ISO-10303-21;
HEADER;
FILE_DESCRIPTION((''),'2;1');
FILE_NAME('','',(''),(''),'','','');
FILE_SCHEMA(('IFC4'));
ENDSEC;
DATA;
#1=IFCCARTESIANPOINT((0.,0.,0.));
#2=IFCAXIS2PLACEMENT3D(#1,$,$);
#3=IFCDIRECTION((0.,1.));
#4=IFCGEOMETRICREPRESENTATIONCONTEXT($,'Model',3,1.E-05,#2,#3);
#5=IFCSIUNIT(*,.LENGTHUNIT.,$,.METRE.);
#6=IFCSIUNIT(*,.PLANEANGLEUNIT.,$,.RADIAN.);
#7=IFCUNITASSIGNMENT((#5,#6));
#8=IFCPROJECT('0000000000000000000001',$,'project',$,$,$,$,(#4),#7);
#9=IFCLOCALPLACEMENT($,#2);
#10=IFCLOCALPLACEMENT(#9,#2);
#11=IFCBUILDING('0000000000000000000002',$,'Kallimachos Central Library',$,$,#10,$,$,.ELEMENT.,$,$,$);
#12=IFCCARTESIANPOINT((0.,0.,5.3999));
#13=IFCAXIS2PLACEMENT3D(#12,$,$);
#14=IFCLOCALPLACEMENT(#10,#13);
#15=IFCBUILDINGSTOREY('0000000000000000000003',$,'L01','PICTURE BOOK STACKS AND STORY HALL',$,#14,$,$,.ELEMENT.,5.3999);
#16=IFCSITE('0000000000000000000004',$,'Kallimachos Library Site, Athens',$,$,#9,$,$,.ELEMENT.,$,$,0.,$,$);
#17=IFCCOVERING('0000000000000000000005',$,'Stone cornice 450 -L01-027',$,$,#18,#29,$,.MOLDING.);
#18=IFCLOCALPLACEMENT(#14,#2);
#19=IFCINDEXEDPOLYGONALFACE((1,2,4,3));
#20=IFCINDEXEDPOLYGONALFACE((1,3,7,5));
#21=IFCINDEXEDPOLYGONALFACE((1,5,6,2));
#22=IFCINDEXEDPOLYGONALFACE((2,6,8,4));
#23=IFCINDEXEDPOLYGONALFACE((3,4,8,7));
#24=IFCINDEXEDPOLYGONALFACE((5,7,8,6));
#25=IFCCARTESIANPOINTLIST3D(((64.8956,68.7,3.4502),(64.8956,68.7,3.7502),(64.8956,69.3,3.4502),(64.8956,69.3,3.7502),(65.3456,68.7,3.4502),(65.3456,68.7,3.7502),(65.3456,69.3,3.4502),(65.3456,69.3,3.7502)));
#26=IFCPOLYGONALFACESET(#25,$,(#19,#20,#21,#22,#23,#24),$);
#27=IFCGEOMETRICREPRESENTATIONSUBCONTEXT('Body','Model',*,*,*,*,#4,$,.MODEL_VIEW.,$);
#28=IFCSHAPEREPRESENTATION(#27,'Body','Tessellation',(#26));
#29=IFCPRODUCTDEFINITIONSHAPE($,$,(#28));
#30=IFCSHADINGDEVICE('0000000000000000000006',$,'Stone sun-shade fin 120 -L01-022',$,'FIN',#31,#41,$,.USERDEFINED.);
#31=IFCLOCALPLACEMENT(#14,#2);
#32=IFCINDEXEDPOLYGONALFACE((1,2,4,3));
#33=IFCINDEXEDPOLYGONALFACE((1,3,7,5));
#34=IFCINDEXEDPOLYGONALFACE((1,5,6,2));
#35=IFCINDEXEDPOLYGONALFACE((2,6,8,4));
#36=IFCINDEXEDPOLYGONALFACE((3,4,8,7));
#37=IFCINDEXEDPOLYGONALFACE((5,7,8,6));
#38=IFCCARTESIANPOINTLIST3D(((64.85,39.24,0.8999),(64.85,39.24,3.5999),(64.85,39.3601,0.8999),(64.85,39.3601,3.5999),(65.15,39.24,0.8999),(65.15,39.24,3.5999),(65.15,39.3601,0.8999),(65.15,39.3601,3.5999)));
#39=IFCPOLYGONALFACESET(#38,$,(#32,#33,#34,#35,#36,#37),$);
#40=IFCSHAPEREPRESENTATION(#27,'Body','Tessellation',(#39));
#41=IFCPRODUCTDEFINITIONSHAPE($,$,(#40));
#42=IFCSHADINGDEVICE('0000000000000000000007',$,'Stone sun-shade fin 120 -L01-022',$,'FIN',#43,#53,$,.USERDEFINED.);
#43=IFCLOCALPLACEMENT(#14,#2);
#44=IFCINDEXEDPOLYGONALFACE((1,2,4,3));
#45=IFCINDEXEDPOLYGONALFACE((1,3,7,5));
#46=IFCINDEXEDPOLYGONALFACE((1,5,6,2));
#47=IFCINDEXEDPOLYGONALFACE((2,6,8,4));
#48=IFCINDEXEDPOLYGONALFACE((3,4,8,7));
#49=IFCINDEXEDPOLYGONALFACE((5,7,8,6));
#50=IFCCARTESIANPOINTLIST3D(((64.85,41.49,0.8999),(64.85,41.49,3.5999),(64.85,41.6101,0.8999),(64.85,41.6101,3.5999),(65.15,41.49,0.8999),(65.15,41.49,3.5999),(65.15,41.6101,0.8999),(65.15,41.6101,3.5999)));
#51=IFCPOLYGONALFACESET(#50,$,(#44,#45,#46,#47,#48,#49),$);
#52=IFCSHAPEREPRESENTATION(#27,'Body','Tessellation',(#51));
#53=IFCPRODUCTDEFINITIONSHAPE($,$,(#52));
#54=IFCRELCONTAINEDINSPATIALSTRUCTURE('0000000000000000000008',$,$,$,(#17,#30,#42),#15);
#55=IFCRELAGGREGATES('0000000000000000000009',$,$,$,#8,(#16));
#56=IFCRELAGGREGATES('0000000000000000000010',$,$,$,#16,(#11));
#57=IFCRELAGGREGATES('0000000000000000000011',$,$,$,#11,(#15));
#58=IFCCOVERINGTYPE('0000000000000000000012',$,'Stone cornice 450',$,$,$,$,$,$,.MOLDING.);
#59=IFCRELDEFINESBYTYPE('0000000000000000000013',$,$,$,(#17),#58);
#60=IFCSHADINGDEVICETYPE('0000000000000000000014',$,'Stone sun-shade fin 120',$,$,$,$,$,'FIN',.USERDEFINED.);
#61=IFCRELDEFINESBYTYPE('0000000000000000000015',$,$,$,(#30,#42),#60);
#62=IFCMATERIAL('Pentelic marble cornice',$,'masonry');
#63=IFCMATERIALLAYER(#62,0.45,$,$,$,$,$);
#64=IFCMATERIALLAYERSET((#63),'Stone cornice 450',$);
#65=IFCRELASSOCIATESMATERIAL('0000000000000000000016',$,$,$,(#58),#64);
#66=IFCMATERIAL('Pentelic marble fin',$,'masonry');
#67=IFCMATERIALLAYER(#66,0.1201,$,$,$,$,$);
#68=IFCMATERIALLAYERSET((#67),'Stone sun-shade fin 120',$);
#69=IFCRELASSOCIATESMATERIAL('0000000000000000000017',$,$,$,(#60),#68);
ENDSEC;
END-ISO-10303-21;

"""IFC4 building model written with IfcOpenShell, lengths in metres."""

from ifc_helpers import new_model, si_unit, direction, frame, origin, origin_2d, place, context, subcontext, project, spatial, rectangle, extrude, material, layer, layer_set, type_object, element, save


model = new_model("IFC4")

# Units and contexts
model_context = context("Model", 3, precision=1e-05, world=origin(), true_north=direction((0.0, 1.0)))
body_context = subcontext(model_context, "Body", "Model", "MODEL_VIEW")
ifc_project = project(units=[si_unit("LENGTHUNIT", "METRE"), si_unit("PLANEANGLEUNIT", "RADIAN")], contexts=[model_context])

# Site, building, storey
site_placement = place(None, origin())
site = spatial("IfcSite", under=ifc_project, at=site_placement, Name="Kallimachos Library Site, Athens", CompositionType="ELEMENT", RefElevation=0.0)
building_placement = place(site_placement, origin())
building = spatial("IfcBuilding", under=site, at=building_placement, Name="Kallimachos Central Library", CompositionType="ELEMENT")
storey_placement = place(building_placement, frame((0.0, 0.0, 5.3999)))
storey = spatial("IfcBuildingStorey", under=building, at=storey_placement, Name="L01", Description="PICTURE BOOK STACKS AND STORY HALL", CompositionType="ELEMENT", Elevation=5.3999)

# Covering
ifc_material_1 = material(Name="Pentelic marble cornice", Category="masonry")
ifc_layer_1 = layer(ifc_material_1, 0.45)
ifc_layer_set_1 = layer_set([ifc_layer_1], Name="Stone cornice 450")
covering_type = type_object("IfcCoveringType", Name="Stone cornice 450", PredefinedType="MOLDING", material=ifc_layer_set_1)
for number, where, z_axis, x_axis, name in (
    (1, (65.1206, 69.0, 3.4502), (0.0, 0.0, 1.0), (1.0, 0.0, 0.0), "Stone cornice 450 -L01-027"),
):
    element("IfcCovering", number, at=place(storey_placement, frame(where, z_axis=z_axis, x_axis=x_axis)), inside=storey, type_object=covering_type, Name=name, PredefinedType="MOLDING", context=body_context, shape_type="SweptSolid", body=[
        extrude(rectangle(XDim=0.45, YDim=0.6001, at=origin_2d()), origin(), (0.0, 0.0, 1.0), 0.3),
    ])

# Shading devices
ifc_material_2 = material(Name="Pentelic marble fin", Category="masonry")
ifc_layer_2 = layer(ifc_material_2, 0.1201)
ifc_layer_set_2 = layer_set([ifc_layer_2], Name="Stone sun-shade fin 120")
shading_device_type = type_object("IfcShadingDeviceType", Name="Stone sun-shade fin 120", ElementType="FIN", PredefinedType="USERDEFINED", material=ifc_layer_set_2)
for number, where, z_axis, x_axis, name in (
    (2, (65.0, 39.3, 0.8999), (0.0, 0.0, 1.0), (1.0, 0.0, 0.0), "Stone sun-shade fin 120 -L01-022"),
    (3, (65.0, 41.55, 0.8999), (0.0, 0.0, 1.0), (1.0, 0.0, 0.0), "Stone sun-shade fin 120 -L01-022"),
):
    element("IfcShadingDevice", number, at=place(storey_placement, frame(where, z_axis=z_axis, x_axis=x_axis)), inside=storey, type_object=shading_device_type, Name=name, ObjectType="FIN", PredefinedType="USERDEFINED", context=body_context, shape_type="SweptSolid", body=[
        extrude(rectangle(XDim=0.3, YDim=0.1201, at=origin_2d()), origin(), (0.0, 0.0, 1.0), 2.7),
    ])

save(model, "model.ifc")
